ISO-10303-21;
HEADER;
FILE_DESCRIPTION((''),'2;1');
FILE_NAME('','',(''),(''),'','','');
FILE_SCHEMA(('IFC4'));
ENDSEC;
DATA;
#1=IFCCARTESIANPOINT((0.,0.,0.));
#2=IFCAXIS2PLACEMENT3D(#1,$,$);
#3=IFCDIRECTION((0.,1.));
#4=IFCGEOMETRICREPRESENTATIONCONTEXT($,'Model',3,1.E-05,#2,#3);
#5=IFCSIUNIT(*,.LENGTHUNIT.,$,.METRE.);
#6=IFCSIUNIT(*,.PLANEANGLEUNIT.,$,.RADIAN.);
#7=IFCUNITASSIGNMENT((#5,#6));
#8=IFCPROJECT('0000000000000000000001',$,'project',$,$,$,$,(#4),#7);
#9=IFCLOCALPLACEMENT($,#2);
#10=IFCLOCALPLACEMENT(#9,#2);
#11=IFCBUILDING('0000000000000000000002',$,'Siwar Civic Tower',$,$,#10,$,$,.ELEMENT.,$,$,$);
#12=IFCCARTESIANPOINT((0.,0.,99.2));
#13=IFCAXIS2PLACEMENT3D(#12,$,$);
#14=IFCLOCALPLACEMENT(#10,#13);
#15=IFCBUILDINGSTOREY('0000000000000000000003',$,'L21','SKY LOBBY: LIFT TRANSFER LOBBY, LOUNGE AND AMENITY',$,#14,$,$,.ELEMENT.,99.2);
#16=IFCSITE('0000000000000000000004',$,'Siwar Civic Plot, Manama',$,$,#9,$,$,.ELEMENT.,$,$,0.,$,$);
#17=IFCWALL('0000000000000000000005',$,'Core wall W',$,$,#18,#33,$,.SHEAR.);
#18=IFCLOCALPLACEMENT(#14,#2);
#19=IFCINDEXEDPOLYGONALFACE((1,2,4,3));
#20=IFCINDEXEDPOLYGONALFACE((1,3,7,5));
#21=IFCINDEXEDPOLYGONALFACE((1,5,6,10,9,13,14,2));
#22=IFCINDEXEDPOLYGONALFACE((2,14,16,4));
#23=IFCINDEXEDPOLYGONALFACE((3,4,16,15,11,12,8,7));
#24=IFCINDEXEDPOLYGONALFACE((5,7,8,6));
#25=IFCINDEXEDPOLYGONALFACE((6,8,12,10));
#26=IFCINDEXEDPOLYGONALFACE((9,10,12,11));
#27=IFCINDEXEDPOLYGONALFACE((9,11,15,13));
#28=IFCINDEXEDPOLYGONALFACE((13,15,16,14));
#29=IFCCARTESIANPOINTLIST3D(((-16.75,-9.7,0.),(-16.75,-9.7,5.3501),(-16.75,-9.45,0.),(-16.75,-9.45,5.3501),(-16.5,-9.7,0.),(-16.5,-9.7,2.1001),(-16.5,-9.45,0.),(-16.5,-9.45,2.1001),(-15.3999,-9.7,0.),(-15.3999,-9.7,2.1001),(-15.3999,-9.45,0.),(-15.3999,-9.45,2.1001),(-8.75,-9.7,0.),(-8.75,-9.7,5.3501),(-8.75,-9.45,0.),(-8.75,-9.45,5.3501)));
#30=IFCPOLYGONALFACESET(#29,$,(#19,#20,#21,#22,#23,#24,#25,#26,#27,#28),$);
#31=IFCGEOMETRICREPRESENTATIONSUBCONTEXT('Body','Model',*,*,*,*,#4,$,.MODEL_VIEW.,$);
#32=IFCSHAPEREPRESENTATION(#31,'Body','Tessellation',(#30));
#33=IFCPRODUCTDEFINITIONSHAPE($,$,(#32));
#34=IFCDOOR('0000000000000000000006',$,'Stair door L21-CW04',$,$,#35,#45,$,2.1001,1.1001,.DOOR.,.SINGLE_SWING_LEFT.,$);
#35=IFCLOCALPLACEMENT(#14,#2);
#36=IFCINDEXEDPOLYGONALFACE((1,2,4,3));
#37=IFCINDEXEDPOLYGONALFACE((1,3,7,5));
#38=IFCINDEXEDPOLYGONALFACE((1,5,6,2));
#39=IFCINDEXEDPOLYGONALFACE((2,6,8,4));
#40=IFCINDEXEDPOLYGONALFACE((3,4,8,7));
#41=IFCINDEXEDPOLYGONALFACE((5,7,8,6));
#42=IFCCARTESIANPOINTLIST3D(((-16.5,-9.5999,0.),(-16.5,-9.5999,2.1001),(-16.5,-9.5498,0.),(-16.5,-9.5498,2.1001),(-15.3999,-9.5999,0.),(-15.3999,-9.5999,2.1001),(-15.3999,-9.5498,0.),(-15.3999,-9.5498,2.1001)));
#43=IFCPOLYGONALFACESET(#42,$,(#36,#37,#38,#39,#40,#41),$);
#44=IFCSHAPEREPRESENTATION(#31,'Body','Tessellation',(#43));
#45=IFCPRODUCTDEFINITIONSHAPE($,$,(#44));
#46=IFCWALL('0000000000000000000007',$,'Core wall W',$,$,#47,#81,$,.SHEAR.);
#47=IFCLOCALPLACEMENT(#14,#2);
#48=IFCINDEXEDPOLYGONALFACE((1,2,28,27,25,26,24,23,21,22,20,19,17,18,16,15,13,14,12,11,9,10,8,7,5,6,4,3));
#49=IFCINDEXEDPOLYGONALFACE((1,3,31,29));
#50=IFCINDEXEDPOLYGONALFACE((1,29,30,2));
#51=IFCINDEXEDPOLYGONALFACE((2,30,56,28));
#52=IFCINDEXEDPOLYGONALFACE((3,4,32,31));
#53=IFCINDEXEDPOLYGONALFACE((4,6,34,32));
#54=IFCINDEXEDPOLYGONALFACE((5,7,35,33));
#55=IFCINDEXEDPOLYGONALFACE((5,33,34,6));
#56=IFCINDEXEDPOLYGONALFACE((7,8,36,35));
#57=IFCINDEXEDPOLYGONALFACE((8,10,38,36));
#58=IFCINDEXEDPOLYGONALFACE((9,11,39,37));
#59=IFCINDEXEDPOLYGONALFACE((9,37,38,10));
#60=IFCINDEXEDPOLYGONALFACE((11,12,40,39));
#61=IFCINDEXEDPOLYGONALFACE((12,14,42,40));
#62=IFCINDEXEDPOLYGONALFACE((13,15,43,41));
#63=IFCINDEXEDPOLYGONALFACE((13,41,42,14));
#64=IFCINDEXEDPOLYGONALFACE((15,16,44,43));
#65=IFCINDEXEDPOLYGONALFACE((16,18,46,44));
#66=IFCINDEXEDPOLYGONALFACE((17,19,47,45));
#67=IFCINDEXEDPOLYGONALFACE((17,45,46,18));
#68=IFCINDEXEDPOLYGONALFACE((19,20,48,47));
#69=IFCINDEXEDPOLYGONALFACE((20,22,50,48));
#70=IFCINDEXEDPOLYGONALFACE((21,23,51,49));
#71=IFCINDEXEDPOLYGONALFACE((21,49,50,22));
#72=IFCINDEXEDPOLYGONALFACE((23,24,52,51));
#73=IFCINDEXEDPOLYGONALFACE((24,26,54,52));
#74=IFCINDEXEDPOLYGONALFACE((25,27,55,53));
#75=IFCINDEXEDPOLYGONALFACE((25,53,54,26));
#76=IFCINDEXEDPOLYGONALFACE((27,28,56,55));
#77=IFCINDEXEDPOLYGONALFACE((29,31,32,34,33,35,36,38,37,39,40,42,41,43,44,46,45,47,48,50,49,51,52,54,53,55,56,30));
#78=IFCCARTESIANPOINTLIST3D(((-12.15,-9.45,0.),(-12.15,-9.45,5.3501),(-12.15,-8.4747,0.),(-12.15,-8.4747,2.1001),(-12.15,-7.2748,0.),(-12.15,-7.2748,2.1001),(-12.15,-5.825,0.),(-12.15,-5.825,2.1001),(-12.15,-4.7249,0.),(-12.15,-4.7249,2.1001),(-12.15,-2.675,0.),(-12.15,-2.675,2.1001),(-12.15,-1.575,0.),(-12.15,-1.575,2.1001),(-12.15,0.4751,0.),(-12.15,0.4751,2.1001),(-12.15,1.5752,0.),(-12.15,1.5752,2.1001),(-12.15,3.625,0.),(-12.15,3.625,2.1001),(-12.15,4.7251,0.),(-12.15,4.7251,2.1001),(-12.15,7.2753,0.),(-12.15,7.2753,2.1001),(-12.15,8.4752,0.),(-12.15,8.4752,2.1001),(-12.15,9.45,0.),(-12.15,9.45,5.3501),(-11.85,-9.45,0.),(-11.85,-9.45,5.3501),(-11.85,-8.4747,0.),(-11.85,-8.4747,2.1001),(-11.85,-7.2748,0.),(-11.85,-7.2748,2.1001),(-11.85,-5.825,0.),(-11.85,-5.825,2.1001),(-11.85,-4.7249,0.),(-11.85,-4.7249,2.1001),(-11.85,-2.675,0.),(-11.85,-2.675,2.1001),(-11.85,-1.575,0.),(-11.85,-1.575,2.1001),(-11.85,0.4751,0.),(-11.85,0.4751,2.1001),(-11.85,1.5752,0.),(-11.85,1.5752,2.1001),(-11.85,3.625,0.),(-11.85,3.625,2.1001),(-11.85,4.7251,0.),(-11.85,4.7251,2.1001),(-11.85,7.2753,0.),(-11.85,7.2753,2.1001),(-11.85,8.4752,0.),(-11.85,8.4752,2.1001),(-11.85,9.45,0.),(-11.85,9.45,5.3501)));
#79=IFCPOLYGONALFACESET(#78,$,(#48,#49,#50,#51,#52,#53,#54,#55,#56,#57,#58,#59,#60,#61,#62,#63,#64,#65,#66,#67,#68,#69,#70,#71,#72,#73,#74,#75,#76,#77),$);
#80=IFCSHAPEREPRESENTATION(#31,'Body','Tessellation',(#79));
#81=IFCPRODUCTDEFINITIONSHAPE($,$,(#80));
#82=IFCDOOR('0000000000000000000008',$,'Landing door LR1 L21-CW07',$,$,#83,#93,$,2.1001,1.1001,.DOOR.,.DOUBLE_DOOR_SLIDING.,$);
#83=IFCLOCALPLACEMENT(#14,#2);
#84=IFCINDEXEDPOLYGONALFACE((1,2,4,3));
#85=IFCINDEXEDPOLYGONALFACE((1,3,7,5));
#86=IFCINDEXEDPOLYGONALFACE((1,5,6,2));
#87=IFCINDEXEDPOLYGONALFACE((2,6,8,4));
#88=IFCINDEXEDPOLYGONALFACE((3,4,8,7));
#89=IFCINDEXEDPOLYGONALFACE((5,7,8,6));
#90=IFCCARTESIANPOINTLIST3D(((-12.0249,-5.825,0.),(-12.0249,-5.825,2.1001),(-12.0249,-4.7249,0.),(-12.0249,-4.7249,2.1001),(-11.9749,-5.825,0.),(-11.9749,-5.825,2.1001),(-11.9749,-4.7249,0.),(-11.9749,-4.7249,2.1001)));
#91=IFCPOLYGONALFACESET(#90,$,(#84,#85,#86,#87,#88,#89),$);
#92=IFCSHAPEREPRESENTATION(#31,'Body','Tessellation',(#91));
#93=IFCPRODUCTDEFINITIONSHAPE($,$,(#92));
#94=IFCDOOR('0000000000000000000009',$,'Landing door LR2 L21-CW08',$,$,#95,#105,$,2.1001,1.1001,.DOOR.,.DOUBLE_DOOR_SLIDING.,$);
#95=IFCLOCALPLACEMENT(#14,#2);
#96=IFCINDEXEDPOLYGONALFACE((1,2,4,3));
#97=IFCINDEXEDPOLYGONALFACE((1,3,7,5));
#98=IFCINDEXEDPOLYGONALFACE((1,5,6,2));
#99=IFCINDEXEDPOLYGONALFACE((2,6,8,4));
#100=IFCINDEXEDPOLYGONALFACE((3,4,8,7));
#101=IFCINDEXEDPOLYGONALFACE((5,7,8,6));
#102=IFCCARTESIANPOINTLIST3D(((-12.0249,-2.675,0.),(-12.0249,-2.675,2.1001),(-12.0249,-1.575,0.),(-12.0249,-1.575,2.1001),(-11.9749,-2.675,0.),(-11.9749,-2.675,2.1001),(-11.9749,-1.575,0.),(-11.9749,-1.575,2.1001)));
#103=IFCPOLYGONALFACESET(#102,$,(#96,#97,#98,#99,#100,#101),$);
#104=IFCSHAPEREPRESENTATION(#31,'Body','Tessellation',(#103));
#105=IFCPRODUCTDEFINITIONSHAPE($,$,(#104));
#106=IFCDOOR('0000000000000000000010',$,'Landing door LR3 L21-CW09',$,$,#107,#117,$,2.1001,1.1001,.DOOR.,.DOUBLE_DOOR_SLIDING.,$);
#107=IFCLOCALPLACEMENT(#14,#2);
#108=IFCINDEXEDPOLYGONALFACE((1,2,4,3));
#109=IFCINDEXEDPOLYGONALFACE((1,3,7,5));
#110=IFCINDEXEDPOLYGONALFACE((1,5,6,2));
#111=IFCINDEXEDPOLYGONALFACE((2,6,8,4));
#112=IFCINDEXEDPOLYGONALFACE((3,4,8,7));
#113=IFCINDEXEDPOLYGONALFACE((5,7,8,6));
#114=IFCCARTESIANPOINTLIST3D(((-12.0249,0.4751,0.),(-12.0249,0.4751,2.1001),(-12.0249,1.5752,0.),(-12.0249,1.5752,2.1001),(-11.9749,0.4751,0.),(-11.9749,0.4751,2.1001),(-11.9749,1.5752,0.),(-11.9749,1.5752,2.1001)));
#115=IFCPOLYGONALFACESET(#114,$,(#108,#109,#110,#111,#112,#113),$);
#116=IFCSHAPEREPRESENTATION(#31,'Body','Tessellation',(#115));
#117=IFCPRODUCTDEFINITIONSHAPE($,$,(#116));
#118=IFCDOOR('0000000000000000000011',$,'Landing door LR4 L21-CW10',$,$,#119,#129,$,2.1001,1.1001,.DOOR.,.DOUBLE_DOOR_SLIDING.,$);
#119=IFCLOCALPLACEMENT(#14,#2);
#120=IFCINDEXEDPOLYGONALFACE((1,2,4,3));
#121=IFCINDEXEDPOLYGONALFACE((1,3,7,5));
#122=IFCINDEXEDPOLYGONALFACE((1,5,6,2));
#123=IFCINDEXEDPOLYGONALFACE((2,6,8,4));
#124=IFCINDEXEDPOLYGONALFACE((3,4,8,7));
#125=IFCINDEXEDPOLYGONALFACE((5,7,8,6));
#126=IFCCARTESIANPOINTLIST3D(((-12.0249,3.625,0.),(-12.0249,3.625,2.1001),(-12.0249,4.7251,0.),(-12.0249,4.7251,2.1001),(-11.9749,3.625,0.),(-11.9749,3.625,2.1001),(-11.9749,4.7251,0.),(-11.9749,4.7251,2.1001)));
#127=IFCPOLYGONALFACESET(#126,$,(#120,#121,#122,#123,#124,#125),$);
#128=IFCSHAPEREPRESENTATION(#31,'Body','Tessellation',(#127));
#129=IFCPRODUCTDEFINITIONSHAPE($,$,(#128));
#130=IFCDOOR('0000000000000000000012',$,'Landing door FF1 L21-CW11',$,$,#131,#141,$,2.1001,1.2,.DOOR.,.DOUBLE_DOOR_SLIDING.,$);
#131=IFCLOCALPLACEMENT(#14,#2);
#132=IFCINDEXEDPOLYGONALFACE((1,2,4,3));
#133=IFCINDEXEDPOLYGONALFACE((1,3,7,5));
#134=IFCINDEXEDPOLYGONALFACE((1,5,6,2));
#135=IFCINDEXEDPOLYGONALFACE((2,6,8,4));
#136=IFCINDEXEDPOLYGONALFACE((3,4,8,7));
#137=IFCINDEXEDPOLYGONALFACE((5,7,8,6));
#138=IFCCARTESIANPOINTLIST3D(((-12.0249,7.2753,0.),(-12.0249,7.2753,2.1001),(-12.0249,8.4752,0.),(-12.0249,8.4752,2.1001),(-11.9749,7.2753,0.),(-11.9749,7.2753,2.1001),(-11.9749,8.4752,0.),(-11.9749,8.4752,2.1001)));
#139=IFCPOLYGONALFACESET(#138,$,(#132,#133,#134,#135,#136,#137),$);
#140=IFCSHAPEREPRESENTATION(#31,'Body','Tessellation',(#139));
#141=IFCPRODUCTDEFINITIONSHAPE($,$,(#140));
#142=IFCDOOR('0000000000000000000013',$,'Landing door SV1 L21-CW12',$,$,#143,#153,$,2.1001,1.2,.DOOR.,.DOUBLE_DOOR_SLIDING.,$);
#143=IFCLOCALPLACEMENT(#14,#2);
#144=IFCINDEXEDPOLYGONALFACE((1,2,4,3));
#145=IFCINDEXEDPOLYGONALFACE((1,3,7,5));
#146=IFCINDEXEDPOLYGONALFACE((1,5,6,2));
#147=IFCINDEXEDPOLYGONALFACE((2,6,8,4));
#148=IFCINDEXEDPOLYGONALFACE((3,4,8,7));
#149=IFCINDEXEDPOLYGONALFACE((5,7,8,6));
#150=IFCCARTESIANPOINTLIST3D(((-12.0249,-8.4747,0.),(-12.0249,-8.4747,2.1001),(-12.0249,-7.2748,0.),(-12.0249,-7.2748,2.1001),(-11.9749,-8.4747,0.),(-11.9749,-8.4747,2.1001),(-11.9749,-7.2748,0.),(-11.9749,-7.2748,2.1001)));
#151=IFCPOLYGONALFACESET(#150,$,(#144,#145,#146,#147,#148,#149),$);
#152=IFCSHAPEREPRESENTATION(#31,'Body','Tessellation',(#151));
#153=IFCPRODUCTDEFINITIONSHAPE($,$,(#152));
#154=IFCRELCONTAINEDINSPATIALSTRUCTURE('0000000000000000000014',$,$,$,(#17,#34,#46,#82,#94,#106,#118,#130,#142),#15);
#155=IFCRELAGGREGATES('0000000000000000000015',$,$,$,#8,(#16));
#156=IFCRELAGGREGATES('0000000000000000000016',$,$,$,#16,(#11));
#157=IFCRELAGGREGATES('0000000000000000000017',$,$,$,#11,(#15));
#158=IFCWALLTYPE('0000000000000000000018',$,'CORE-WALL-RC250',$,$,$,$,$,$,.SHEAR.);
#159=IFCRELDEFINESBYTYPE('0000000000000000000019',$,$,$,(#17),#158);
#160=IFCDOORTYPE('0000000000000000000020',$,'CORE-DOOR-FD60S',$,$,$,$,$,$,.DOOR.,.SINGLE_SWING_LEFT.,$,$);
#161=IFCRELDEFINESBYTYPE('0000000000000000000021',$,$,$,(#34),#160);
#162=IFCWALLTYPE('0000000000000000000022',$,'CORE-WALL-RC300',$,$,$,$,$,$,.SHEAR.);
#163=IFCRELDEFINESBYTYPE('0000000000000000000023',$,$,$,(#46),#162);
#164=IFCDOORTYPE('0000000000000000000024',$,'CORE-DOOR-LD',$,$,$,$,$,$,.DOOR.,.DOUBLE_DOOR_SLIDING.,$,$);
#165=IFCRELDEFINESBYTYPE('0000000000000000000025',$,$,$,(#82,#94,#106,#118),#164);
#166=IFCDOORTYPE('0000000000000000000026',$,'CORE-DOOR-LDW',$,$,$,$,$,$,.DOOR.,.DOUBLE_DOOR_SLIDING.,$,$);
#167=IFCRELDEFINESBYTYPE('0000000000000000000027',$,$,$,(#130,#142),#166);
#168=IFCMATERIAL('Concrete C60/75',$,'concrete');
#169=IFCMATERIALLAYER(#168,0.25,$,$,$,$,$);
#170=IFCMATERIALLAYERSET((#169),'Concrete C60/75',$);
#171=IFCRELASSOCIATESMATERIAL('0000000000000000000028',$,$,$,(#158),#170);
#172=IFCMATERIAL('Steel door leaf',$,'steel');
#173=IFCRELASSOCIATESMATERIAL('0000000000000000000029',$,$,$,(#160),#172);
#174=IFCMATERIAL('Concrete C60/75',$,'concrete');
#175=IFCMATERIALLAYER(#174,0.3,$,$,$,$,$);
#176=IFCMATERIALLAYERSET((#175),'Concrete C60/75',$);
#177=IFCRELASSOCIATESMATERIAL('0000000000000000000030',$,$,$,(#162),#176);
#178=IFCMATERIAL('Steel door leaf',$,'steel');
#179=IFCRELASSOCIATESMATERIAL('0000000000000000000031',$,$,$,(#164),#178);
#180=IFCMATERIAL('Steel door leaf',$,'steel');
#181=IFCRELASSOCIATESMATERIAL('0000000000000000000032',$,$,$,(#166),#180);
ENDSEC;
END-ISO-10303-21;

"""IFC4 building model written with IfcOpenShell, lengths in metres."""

from ifc_helpers import new_model, si_unit, direction, frame, frame_2d, origin, place, context, subcontext, project, spatial, rectangle, extrude, material, layer, layer_set, type_object, element, fill, save


model = new_model("IFC4")

# Units and contexts
model_context = context("Model", 3, precision=1e-05, world=origin(), true_north=direction((0.0, 1.0)))
body_context = subcontext(model_context, "Body", "Model", "MODEL_VIEW")
ifc_project = project(units=[si_unit("LENGTHUNIT", "METRE"), si_unit("PLANEANGLEUNIT", "RADIAN")], contexts=[model_context])

# Site, building, storey
site_placement = place(None, origin())
site = spatial("IfcSite", under=ifc_project, at=site_placement, Name="Siwar Civic Plot, Manama", CompositionType="ELEMENT", RefElevation=0.0)
building_placement = place(site_placement, origin())
building = spatial("IfcBuilding", under=site, at=building_placement, Name="Siwar Civic Tower", CompositionType="ELEMENT")
storey_placement = place(building_placement, frame((0.0, 0.0, 99.2)))
storey = spatial("IfcBuildingStorey", under=building, at=storey_placement, Name="L21", Description="SKY LOBBY: LIFT TRANSFER LOBBY, LOUNGE AND AMENITY", CompositionType="ELEMENT", Elevation=99.2)

# Shared definitions
ifc_material_1 = material(Name="Concrete C60/75", Category="concrete")
ifc_layer_1 = layer(ifc_material_1, 0.25)
ifc_layer_set_1 = layer_set([ifc_layer_1], Name="Concrete C60/75")
wall_type_1 = type_object("IfcWallType", Name="CORE-WALL-RC250", PredefinedType="SHEAR", material=ifc_layer_set_1)

# Wall, opening, door
wall_1_placement = place(storey_placement, frame((-8.75, -9.575, 0.0), z_axis=(0.0, 0.0, 1.0), x_axis=(-1.0, 0.0, 0.0)))
wall_1 = element("IfcWall", 1, at=wall_1_placement, inside=storey, type_object=wall_type_1, Name="Core wall W", PredefinedType="SHEAR", context=body_context, shape_type="SweptSolid", body=[
    extrude(rectangle(XDim=8.0, YDim=0.25, at=frame_2d((4.0, 0.0))), origin(), (0.0, 0.0, 1.0), 5.3501),
])
opening_1_placement = place(wall_1_placement, frame((6.6499, 0.0, 0.0)))
opening_1 = element("IfcOpeningElement", 2, at=opening_1_placement, cuts=wall_1, PredefinedType="OPENING", context=body_context, shape_type="SweptSolid", body=[
    extrude(rectangle(XDim=1.1001, YDim=2.1001, at=frame_2d((0.55, 1.05))), frame((0.0, 0.135, 0.0), z_axis=(0.0, -1.0, 0.0), x_axis=(1.0, 0.0, 0.0)), (0.0, 0.0, 1.0), 0.27),
])
ifc_material_2 = material(Name="Steel door leaf", Category="steel")
door_type_1 = type_object("IfcDoorType", Name="CORE-DOOR-FD60S", OperationType="SINGLE_SWING_LEFT", PredefinedType="DOOR", material=ifc_material_2)
door_1_placement = place(opening_1_placement, origin())
door_1 = element("IfcDoor", 3, at=door_1_placement, inside=storey, type_object=door_type_1, Name="Stair door L21-CW04", OperationType="SINGLE_SWING_LEFT", OverallHeight=2.1001, OverallWidth=1.1001, PredefinedType="DOOR", context=body_context, shape_type="SweptSolid", body=[
    extrude(rectangle(XDim=1.1001, YDim=2.1001, at=frame_2d((0.55, 1.05))), frame((0.0, 0.0249, 0.0), z_axis=(0.0, -1.0, 0.0), x_axis=(1.0, 0.0, 0.0)), (0.0, 0.0, 1.0), 0.05),
])
fill(opening_1, door_1)

# Wall, openings, doors
ifc_material_3 = material(Name="Concrete C60/75", Category="concrete")
ifc_layer_2 = layer(ifc_material_3, 0.3)
ifc_layer_set_2 = layer_set([ifc_layer_2], Name="Concrete C60/75")
wall_type_2 = type_object("IfcWallType", Name="CORE-WALL-RC300", PredefinedType="SHEAR", material=ifc_layer_set_2)
wall_2_placement = place(storey_placement, frame((-12.0, -9.45, 0.0), z_axis=(0.0, 0.0, 1.0), x_axis=(0.0, 1.0, 0.0)))
wall_2 = element("IfcWall", 4, at=wall_2_placement, inside=storey, type_object=wall_type_2, Name="Core wall W", PredefinedType="SHEAR", context=body_context, shape_type="SweptSolid", body=[
    extrude(rectangle(XDim=18.8999, YDim=0.3, at=frame_2d((9.45, 0.0))), origin(), (0.0, 0.0, 1.0), 5.3501),
])
opening_2_placement = place(wall_2_placement, frame((3.625, 0.0, 0.0)))
opening_2 = element("IfcOpeningElement", 5, at=opening_2_placement, cuts=wall_2, PredefinedType="OPENING", context=body_context, shape_type="SweptSolid", body=[
    extrude(rectangle(XDim=1.1001, YDim=2.1001, at=frame_2d((0.55, 1.05))), frame((0.0, 0.1602, 0.0), z_axis=(0.0, -1.0, 0.0), x_axis=(1.0, 0.0, 0.0)), (0.0, 0.0, 1.0), 0.3201),
])
opening_3_placement = place(wall_2_placement, frame((6.7749, 0.0, 0.0)))
opening_3 = element("IfcOpeningElement", 6, at=opening_3_placement, cuts=wall_2, PredefinedType="OPENING", context=body_context, shape_type="SweptSolid", body=[
    extrude(rectangle(XDim=1.1001, YDim=2.1001, at=frame_2d((0.55, 1.05))), frame((0.0, 0.1602, 0.0), z_axis=(0.0, -1.0, 0.0), x_axis=(1.0, 0.0, 0.0)), (0.0, 0.0, 1.0), 0.3201),
])
opening_4_placement = place(wall_2_placement, frame((9.925, 0.0, 0.0)))
opening_4 = element("IfcOpeningElement", 7, at=opening_4_placement, cuts=wall_2, PredefinedType="OPENING", context=body_context, shape_type="SweptSolid", body=[
    extrude(rectangle(XDim=1.1001, YDim=2.1001, at=frame_2d((0.55, 1.05))), frame((0.0, 0.1602, 0.0), z_axis=(0.0, -1.0, 0.0), x_axis=(1.0, 0.0, 0.0)), (0.0, 0.0, 1.0), 0.3201),
])
opening_5_placement = place(wall_2_placement, frame((13.075, 0.0, 0.0)))
opening_5 = element("IfcOpeningElement", 8, at=opening_5_placement, cuts=wall_2, PredefinedType="OPENING", context=body_context, shape_type="SweptSolid", body=[
    extrude(rectangle(XDim=1.1001, YDim=2.1001, at=frame_2d((0.55, 1.05))), frame((0.0, 0.1602, 0.0), z_axis=(0.0, -1.0, 0.0), x_axis=(1.0, 0.0, 0.0)), (0.0, 0.0, 1.0), 0.3201),
])
opening_6_placement = place(wall_2_placement, frame((16.7251, 0.0, 0.0)))
opening_6 = element("IfcOpeningElement", 9, at=opening_6_placement, cuts=wall_2, PredefinedType="OPENING", context=body_context, shape_type="SweptSolid", body=[
    extrude(rectangle(XDim=1.2, YDim=2.1001, at=frame_2d((0.6001, 1.05))), frame((0.0, 0.1602, 0.0), z_axis=(0.0, -1.0, 0.0), x_axis=(1.0, 0.0, 0.0)), (0.0, 0.0, 1.0), 0.3201),
])
opening_7_placement = place(wall_2_placement, frame((0.9751, 0.0, 0.0)))
opening_7 = element("IfcOpeningElement", 10, at=opening_7_placement, cuts=wall_2, PredefinedType="OPENING", context=body_context, shape_type="SweptSolid", body=[
    extrude(rectangle(XDim=1.2, YDim=2.1001, at=frame_2d((0.6001, 1.05))), frame((0.0, 0.1602, 0.0), z_axis=(0.0, -1.0, 0.0), x_axis=(1.0, 0.0, 0.0)), (0.0, 0.0, 1.0), 0.3201),
])
ifc_material_4 = material(Name="Steel door leaf", Category="steel")
door_type_2 = type_object("IfcDoorType", Name="CORE-DOOR-LD", OperationType="DOUBLE_DOOR_SLIDING", PredefinedType="DOOR", material=ifc_material_4)
door_2_placement = place(opening_2_placement, origin())
door_2 = element("IfcDoor", 11, at=door_2_placement, inside=storey, type_object=door_type_2, Name="Landing door LR1 L21-CW07", OperationType="DOUBLE_DOOR_SLIDING", OverallHeight=2.1001, OverallWidth=1.1001, PredefinedType="DOOR", context=body_context, shape_type="SweptSolid", body=[
    extrude(rectangle(XDim=1.1001, YDim=2.1001, at=frame_2d((0.55, 1.05))), frame((0.0, 0.0249, 0.0), z_axis=(0.0, -1.0, 0.0), x_axis=(1.0, 0.0, 0.0)), (0.0, 0.0, 1.0), 0.05),
])
fill(opening_2, door_2)
door_3_placement = place(opening_3_placement, origin())
door_3 = element("IfcDoor", 12, at=door_3_placement, inside=storey, type_object=door_type_2, Name="Landing door LR2 L21-CW08", OperationType="DOUBLE_DOOR_SLIDING", OverallHeight=2.1001, OverallWidth=1.1001, PredefinedType="DOOR", context=body_context, shape_type="SweptSolid", body=[
    extrude(rectangle(XDim=1.1001, YDim=2.1001, at=frame_2d((0.55, 1.05))), frame((0.0, 0.0249, 0.0), z_axis=(0.0, -1.0, 0.0), x_axis=(1.0, 0.0, 0.0)), (0.0, 0.0, 1.0), 0.05),
])
fill(opening_3, door_3)
door_4_placement = place(opening_4_placement, origin())
door_4 = element("IfcDoor", 13, at=door_4_placement, inside=storey, type_object=door_type_2, Name="Landing door LR3 L21-CW09", OperationType="DOUBLE_DOOR_SLIDING", OverallHeight=2.1001, OverallWidth=1.1001, PredefinedType="DOOR", context=body_context, shape_type="SweptSolid", body=[
    extrude(rectangle(XDim=1.1001, YDim=2.1001, at=frame_2d((0.55, 1.05))), frame((0.0, 0.0249, 0.0), z_axis=(0.0, -1.0, 0.0), x_axis=(1.0, 0.0, 0.0)), (0.0, 0.0, 1.0), 0.05),
])
fill(opening_4, door_4)
door_5_placement = place(opening_5_placement, origin())
door_5 = element("IfcDoor", 14, at=door_5_placement, inside=storey, type_object=door_type_2, Name="Landing door LR4 L21-CW10", OperationType="DOUBLE_DOOR_SLIDING", OverallHeight=2.1001, OverallWidth=1.1001, PredefinedType="DOOR", context=body_context, shape_type="SweptSolid", body=[
    extrude(rectangle(XDim=1.1001, YDim=2.1001, at=frame_2d((0.55, 1.05))), frame((0.0, 0.0249, 0.0), z_axis=(0.0, -1.0, 0.0), x_axis=(1.0, 0.0, 0.0)), (0.0, 0.0, 1.0), 0.05),
])
fill(opening_5, door_5)
ifc_material_5 = material(Name="Steel door leaf", Category="steel")
door_type_3 = type_object("IfcDoorType", Name="CORE-DOOR-LDW", OperationType="DOUBLE_DOOR_SLIDING", PredefinedType="DOOR", material=ifc_material_5)
door_6_placement = place(opening_6_placement, origin())
door_6 = element("IfcDoor", 15, at=door_6_placement, inside=storey, type_object=door_type_3, Name="Landing door FF1 L21-CW11", OperationType="DOUBLE_DOOR_SLIDING", OverallHeight=2.1001, OverallWidth=1.2, PredefinedType="DOOR", context=body_context, shape_type="SweptSolid", body=[
    extrude(rectangle(XDim=1.2, YDim=2.1001, at=frame_2d((0.6001, 1.05))), frame((0.0, 0.0249, 0.0), z_axis=(0.0, -1.0, 0.0), x_axis=(1.0, 0.0, 0.0)), (0.0, 0.0, 1.0), 0.05),
])
fill(opening_6, door_6)
door_7_placement = place(opening_7_placement, origin())
door_7 = element("IfcDoor", 16, at=door_7_placement, inside=storey, type_object=door_type_3, Name="Landing door SV1 L21-CW12", OperationType="DOUBLE_DOOR_SLIDING", OverallHeight=2.1001, OverallWidth=1.2, PredefinedType="DOOR", context=body_context, shape_type="SweptSolid", body=[
    extrude(rectangle(XDim=1.2, YDim=2.1001, at=frame_2d((0.6001, 1.05))), frame((0.0, 0.0249, 0.0), z_axis=(0.0, -1.0, 0.0), x_axis=(1.0, 0.0, 0.0)), (0.0, 0.0, 1.0), 0.05),
])
fill(opening_7, door_7)

save(model, "model.ifc")
